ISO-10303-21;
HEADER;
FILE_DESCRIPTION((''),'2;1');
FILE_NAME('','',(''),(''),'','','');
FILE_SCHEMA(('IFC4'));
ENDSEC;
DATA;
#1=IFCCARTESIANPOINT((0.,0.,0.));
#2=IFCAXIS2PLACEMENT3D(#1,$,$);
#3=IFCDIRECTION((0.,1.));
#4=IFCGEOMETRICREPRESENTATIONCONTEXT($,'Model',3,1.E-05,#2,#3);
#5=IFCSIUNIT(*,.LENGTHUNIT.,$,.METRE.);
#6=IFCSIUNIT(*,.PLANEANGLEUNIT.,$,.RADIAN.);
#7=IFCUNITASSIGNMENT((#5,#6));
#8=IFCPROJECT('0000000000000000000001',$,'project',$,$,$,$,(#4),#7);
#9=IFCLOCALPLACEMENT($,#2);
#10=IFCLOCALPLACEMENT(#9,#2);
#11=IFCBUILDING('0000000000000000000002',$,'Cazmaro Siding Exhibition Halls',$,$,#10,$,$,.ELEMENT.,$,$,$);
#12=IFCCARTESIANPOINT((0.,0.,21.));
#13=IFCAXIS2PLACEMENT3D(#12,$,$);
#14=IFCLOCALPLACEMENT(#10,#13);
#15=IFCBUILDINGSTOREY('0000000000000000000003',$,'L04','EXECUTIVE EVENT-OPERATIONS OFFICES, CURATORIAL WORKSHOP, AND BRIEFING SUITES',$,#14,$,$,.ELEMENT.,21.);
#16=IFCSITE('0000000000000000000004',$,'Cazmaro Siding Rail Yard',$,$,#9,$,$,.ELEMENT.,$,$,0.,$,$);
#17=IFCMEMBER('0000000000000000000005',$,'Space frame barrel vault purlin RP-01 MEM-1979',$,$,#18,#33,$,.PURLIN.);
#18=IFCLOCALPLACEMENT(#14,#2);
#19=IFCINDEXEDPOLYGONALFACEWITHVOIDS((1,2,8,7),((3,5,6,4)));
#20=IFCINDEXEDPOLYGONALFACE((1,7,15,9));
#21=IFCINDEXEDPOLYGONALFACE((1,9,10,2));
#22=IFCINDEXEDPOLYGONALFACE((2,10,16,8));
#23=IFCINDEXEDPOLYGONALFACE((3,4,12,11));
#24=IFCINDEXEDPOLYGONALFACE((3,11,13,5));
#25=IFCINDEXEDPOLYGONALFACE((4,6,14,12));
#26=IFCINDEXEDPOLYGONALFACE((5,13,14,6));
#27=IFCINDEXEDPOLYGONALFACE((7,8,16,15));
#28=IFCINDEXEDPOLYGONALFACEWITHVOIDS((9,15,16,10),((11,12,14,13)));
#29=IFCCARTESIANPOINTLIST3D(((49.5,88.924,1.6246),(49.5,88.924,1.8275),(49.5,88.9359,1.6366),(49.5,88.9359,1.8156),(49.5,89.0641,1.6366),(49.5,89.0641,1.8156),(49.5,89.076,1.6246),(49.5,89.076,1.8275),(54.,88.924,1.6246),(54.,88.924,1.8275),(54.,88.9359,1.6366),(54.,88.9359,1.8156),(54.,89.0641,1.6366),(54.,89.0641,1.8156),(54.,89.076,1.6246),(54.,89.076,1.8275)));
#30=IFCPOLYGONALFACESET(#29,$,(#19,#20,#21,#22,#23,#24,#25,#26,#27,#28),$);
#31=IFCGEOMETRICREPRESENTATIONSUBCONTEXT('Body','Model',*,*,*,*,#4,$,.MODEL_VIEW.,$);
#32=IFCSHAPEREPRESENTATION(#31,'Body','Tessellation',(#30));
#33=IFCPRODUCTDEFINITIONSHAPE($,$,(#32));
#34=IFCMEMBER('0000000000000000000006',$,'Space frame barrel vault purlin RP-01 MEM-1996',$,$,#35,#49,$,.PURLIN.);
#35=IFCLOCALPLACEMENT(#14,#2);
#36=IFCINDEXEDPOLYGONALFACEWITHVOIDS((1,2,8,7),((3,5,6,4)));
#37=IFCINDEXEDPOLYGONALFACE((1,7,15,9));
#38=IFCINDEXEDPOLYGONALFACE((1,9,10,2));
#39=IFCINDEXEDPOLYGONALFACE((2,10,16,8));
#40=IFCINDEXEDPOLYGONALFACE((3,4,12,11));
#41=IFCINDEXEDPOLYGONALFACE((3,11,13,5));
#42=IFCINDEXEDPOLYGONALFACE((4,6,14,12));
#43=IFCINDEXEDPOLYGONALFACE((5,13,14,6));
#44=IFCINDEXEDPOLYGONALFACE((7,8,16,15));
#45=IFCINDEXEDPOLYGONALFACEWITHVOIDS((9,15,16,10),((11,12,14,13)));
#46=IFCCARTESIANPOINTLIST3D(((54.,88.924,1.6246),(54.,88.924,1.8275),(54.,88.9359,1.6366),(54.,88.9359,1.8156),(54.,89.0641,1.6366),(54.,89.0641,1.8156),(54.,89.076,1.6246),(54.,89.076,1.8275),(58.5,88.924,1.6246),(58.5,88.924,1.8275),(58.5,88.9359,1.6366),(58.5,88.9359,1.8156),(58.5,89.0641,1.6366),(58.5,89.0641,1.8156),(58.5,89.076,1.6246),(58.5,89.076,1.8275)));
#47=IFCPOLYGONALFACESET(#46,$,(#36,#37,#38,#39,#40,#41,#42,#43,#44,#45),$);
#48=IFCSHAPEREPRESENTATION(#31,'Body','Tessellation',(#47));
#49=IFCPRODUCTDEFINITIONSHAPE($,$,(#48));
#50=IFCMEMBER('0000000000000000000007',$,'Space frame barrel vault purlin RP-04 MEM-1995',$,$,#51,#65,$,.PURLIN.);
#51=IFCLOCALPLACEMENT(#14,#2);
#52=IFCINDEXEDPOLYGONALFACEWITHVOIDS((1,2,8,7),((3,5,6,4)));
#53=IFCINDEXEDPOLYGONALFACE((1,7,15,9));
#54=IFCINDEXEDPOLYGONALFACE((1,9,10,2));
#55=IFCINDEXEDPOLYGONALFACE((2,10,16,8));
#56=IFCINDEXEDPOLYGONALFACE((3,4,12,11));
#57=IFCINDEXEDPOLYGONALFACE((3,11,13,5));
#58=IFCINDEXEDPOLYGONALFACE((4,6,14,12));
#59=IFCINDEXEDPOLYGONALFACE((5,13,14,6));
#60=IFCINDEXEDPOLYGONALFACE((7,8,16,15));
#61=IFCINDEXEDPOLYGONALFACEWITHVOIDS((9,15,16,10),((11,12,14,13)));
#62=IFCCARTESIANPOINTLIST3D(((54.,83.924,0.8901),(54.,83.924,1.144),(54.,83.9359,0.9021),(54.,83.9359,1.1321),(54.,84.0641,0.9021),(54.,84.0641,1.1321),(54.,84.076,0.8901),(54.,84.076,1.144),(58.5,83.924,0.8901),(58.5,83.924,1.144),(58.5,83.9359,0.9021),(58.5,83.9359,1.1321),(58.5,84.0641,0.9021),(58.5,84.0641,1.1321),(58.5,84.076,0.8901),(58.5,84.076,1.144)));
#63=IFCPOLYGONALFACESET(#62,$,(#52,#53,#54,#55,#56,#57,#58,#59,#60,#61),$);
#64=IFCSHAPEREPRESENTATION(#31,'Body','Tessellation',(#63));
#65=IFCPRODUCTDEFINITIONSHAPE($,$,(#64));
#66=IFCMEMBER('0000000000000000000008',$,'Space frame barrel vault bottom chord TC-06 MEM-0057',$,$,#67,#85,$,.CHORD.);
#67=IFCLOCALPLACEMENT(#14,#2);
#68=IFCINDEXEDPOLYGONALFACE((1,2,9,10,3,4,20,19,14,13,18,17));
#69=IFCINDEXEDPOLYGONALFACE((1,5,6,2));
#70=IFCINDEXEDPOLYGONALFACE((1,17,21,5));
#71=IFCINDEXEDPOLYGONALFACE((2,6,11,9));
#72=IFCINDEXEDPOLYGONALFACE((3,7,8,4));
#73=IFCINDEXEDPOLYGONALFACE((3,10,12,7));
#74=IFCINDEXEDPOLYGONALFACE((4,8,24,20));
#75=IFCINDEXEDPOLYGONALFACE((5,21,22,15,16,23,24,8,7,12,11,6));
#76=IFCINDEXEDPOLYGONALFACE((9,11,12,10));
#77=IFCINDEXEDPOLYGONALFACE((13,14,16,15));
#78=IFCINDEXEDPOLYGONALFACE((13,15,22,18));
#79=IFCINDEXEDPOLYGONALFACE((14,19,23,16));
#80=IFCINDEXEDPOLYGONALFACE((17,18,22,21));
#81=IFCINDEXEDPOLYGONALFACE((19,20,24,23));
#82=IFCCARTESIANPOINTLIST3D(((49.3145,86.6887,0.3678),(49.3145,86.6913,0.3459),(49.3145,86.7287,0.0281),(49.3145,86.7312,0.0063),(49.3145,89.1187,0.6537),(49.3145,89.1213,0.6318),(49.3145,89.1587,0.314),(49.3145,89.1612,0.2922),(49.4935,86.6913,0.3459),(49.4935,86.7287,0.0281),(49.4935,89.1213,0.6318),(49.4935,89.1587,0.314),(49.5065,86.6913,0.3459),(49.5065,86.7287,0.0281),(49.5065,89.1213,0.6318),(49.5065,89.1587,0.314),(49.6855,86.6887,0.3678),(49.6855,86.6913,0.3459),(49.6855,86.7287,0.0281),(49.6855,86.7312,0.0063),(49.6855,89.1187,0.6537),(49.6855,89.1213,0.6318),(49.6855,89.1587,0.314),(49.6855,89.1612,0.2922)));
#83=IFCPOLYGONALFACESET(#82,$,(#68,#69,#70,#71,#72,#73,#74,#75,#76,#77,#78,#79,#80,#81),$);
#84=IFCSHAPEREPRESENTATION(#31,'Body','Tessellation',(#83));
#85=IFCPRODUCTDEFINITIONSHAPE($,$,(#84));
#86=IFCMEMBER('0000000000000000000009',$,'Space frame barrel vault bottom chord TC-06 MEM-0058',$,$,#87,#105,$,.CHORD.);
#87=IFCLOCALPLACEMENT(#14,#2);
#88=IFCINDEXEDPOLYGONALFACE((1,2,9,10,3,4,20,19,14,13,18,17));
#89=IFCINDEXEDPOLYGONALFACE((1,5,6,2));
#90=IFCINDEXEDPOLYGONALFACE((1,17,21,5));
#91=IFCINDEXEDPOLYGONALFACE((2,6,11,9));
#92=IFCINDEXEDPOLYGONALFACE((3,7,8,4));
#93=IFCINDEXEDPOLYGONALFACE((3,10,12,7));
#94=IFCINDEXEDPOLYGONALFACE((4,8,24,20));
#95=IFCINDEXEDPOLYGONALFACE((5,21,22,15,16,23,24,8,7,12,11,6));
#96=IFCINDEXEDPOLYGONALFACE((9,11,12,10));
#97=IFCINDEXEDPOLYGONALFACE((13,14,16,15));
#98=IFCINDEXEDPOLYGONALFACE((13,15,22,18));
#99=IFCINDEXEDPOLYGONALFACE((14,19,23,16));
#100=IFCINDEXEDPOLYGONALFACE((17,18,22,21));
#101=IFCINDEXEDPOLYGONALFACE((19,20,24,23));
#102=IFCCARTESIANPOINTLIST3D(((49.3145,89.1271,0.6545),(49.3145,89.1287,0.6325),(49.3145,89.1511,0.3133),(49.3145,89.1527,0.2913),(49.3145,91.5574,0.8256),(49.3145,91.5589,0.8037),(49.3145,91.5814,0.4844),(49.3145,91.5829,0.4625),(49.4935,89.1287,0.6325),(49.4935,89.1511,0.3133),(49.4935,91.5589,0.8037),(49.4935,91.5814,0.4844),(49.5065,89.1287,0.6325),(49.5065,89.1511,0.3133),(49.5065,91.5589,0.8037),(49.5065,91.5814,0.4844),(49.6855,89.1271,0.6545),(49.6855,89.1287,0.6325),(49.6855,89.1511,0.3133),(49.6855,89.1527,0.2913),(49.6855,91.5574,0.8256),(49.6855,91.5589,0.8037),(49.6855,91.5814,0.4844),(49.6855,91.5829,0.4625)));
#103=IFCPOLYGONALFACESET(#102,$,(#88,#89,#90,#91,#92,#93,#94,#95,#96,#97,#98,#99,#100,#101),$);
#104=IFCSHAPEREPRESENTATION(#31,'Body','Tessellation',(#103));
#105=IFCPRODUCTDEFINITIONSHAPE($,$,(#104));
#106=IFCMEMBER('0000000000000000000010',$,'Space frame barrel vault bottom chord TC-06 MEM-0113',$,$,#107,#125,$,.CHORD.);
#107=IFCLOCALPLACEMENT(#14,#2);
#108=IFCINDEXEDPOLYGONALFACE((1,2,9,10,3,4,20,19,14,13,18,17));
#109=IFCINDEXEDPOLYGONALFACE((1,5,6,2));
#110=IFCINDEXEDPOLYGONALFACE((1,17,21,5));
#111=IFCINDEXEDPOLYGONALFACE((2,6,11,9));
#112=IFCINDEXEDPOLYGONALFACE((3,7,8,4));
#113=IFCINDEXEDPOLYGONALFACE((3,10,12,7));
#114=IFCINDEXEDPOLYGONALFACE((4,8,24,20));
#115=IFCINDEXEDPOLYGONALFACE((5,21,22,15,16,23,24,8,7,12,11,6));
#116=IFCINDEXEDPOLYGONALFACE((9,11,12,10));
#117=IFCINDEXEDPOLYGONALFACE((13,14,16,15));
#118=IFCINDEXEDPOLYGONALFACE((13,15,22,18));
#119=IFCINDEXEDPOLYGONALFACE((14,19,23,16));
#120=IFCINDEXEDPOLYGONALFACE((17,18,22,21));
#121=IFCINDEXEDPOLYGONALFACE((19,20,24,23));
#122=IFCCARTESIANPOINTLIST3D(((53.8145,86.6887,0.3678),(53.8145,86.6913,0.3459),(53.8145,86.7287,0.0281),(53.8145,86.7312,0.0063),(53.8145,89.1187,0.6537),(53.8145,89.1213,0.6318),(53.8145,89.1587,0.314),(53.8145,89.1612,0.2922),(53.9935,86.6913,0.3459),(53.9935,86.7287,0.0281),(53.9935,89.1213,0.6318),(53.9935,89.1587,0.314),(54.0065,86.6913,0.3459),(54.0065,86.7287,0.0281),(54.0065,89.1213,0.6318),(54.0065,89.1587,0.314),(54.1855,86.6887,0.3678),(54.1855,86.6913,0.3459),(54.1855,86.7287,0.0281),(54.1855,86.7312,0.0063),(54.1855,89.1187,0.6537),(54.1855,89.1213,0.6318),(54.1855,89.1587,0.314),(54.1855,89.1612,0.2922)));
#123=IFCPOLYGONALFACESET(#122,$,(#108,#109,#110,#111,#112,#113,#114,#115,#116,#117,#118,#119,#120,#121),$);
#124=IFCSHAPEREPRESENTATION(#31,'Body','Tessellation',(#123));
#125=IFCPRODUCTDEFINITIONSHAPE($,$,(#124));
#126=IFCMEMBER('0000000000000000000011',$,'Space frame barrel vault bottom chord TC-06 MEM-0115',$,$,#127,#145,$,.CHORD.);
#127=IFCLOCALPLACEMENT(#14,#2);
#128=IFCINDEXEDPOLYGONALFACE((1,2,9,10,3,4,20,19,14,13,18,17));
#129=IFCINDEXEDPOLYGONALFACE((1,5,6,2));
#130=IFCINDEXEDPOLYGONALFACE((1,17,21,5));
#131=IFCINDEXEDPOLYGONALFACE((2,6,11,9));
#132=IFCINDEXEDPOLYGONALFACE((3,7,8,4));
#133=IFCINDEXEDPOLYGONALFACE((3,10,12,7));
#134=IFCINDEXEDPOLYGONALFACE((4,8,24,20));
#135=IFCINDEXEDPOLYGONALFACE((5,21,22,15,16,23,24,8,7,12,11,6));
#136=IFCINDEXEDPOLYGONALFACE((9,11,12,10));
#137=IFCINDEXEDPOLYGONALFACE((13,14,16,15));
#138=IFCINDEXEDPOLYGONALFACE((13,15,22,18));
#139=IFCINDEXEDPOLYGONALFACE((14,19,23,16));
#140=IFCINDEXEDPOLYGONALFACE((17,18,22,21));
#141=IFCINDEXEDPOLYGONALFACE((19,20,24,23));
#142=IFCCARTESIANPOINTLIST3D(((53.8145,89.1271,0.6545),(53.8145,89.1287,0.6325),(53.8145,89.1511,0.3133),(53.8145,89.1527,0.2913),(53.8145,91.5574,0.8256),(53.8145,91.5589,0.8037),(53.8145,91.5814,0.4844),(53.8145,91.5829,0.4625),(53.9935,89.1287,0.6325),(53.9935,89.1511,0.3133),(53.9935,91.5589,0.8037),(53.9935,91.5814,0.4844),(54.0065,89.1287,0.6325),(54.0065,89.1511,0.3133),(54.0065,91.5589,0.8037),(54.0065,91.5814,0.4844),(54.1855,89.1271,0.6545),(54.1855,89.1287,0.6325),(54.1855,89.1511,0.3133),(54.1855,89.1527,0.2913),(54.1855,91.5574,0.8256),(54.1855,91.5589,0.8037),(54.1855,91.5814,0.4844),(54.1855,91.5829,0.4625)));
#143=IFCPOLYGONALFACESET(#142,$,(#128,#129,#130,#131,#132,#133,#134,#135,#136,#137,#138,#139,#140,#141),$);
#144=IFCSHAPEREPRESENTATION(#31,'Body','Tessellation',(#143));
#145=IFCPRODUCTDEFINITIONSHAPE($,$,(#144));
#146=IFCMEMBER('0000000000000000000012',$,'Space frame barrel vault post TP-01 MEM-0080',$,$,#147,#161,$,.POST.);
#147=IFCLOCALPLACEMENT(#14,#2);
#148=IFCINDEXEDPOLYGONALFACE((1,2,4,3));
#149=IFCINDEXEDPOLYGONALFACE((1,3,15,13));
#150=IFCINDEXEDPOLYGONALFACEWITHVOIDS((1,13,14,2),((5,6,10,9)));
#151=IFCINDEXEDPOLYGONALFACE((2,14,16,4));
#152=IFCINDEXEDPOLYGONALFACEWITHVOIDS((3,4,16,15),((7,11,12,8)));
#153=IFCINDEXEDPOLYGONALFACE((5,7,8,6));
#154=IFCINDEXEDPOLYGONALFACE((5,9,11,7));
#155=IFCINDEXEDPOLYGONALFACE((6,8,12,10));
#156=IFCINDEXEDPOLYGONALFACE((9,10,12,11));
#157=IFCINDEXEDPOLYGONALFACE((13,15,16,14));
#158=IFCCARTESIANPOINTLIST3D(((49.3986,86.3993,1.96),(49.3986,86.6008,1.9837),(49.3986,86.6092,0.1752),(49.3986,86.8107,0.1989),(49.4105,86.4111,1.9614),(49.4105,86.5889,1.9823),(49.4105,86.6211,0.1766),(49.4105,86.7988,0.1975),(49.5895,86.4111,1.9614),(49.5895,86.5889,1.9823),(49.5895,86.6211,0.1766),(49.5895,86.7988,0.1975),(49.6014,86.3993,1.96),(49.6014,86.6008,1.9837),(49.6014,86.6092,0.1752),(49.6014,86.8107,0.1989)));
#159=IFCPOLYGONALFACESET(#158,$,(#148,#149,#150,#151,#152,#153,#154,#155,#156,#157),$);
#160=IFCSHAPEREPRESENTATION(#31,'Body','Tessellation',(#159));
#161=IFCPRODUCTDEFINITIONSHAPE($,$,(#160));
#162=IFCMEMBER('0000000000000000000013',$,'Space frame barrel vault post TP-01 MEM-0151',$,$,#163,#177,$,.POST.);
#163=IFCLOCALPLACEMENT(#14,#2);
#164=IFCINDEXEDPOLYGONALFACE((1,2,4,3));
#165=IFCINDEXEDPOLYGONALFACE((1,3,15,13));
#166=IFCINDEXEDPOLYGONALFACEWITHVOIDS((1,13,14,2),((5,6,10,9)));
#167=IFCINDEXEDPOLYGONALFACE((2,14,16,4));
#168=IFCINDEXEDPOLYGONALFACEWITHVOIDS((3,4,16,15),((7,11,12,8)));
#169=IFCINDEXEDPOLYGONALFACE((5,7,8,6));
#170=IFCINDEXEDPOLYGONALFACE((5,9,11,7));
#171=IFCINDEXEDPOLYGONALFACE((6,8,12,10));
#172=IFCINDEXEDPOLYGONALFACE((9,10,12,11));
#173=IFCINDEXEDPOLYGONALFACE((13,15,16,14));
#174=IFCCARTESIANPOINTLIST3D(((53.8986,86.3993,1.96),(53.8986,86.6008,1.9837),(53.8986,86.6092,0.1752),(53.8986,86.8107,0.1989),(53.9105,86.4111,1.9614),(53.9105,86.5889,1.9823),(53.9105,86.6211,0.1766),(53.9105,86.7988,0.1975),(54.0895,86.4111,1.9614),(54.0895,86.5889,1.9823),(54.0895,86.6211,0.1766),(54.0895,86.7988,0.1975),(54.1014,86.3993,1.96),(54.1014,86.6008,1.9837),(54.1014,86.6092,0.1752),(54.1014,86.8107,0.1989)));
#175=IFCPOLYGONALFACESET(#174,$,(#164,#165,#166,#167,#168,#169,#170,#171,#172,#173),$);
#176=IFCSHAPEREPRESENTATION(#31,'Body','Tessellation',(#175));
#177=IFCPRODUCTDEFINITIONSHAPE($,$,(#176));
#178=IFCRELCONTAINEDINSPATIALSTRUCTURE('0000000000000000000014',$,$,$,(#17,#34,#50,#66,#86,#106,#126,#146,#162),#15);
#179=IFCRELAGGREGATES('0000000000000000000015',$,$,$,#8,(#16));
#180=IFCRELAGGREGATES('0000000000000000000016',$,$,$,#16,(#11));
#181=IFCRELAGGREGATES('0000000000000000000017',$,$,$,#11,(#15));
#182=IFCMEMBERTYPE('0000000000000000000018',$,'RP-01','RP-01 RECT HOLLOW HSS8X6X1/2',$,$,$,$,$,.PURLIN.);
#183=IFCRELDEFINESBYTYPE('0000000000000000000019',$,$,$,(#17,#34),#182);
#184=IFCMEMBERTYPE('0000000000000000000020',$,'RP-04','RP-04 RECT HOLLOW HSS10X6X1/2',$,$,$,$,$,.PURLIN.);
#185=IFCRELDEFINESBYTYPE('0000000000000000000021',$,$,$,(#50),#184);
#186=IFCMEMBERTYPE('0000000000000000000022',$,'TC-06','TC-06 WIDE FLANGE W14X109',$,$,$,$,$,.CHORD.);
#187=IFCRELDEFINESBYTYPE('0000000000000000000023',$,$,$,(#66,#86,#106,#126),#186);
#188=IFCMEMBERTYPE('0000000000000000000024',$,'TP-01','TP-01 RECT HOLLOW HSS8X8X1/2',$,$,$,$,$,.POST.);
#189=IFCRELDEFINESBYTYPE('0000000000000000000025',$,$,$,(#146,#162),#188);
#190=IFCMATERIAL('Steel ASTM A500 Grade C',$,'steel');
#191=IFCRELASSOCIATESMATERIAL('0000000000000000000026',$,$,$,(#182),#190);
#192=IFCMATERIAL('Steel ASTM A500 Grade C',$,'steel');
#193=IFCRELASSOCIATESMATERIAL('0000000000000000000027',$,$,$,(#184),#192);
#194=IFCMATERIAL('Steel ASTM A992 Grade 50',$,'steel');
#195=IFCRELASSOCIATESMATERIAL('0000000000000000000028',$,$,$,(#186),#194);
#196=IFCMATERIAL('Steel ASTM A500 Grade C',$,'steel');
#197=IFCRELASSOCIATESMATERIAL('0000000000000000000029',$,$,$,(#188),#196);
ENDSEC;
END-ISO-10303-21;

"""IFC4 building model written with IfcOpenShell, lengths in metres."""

from ifc_helpers import new_model, si_unit, direction, frame, origin, origin_2d, place, context, subcontext, project, spatial, hollow_rectangle, i_section, extrude, material, material_profile, profile_set, type_object, element, save


model = new_model("IFC4")

# Units and contexts
model_context = context("Model", 3, precision=1e-05, world=origin(), true_north=direction((0.0, 1.0)))
body_context = subcontext(model_context, "Body", "Model", "MODEL_VIEW")
ifc_project = project(units=[si_unit("LENGTHUNIT", "METRE"), si_unit("PLANEANGLEUNIT", "RADIAN")], contexts=[model_context])

# Site, building, storey
site_placement = place(None, origin())
site = spatial("IfcSite", under=ifc_project, at=site_placement, Name="Cazmaro Siding Rail Yard", CompositionType="ELEMENT", RefElevation=0.0)
building_placement = place(site_placement, origin())
building = spatial("IfcBuilding", under=site, at=building_placement, Name="Cazmaro Siding Exhibition Halls", CompositionType="ELEMENT")
storey_placement = place(building_placement, frame((0.0, 0.0, 21.0)))
storey = spatial("IfcBuildingStorey", under=building, at=storey_placement, Name="L04", Description="EXECUTIVE EVENT-OPERATIONS OFFICES, CURATORIAL WORKSHOP, AND BRIEFING SUITES", CompositionType="ELEMENT", Elevation=21.0)

# Members
ifc_material_1 = material(Name="Steel ASTM A500 Grade C", Category="steel")
ifc_material_profile_1 = material_profile(ifc_material_1, hollow_rectangle(XDim=0.1521, YDim=0.2029, WallThickness=0.012, at=origin_2d()), Name="HSS8X6X1/2")
ifc_profile_set_1 = profile_set([ifc_material_profile_1], Name="Steel ASTM A500 Grade C")
member_type_1 = type_object("IfcMemberType", Name="RP-01", Description="RP-01 RECT HOLLOW HSS8X6X1/2", PredefinedType="PURLIN", material=ifc_profile_set_1)
for number, where, z_axis, x_axis, name in (
    (1, (49.5, 89.0, 1.7261), (1.0, 0.0, 0.0), (0.0, 1.0, 0.0), "Space frame barrel vault purlin RP-01 MEM-1979"),
    (2, (54.0, 89.0, 1.7261), (1.0, 0.0, 0.0), (0.0, 1.0, 0.0), "Space frame barrel vault purlin RP-01 MEM-1996"),
):
    element("IfcMember", number, at=place(storey_placement, frame(where, z_axis=z_axis, x_axis=x_axis)), inside=storey, type_object=member_type_1, Name=name, PredefinedType="PURLIN", context=body_context, shape_type="SweptSolid", body=[
        extrude(hollow_rectangle(XDim=0.1521, YDim=0.2029, WallThickness=0.012, at=origin_2d()), origin(), (0.0, 0.0, 1.0), 4.5),
    ])
ifc_material_2 = material(Name="Steel ASTM A500 Grade C", Category="steel")
ifc_material_profile_2 = material_profile(ifc_material_2, hollow_rectangle(XDim=0.1521, YDim=0.2539, WallThickness=0.012, at=origin_2d()), Name="HSS10X6X1/2")
ifc_profile_set_2 = profile_set([ifc_material_profile_2], Name="Steel ASTM A500 Grade C")
member_type_2 = type_object("IfcMemberType", Name="RP-04", Description="RP-04 RECT HOLLOW HSS10X6X1/2", PredefinedType="PURLIN", material=ifc_profile_set_2)
member_1_placement = place(storey_placement, frame((54.0, 84.0, 1.0171), z_axis=(1.0, 0.0, 0.0), x_axis=(0.0, 1.0, 0.0)))
element("IfcMember", 3, at=member_1_placement, inside=storey, type_object=member_type_2, Name="Space frame barrel vault purlin RP-04 MEM-1995", PredefinedType="PURLIN", context=body_context, shape_type="SweptSolid", body=[
    extrude(hollow_rectangle(XDim=0.1521, YDim=0.2539, WallThickness=0.012, at=origin_2d()), origin(), (0.0, 0.0, 1.0), 4.5),
])
ifc_material_3 = material(Name="Steel ASTM A992 Grade 50", Category="steel")
ifc_material_profile_3 = material_profile(ifc_material_3, i_section(OverallWidth=0.3711, OverallDepth=0.364, WebThickness=0.0129, FlangeThickness=0.022, at=origin_2d()), Name="W14X109")
ifc_profile_set_3 = profile_set([ifc_material_profile_3], Name="Steel ASTM A992 Grade 50")
member_type_3 = type_object("IfcMemberType", Name="TC-06", Description="TC-06 WIDE FLANGE W14X109", PredefinedType="CHORD", material=ifc_profile_set_3)
member_2_placement = place(storey_placement, frame((49.5, 86.71, 0.187), z_axis=(0.0, 0.99315, 0.116847), x_axis=(-1.0, 0.0, 0.0)))
element("IfcMember", 4, at=member_2_placement, inside=storey, type_object=member_type_3, Name="Space frame barrel vault bottom chord TC-06 MEM-0057", PredefinedType="CHORD", context=body_context, shape_type="SweptSolid", body=[
    extrude(i_section(OverallWidth=0.3711, OverallDepth=0.364, WebThickness=0.0129, FlangeThickness=0.022, at=origin_2d()), origin(), (0.0, 0.0, 1.0), 2.4468),
])
member_3_placement = place(storey_placement, frame((49.5, 89.1399, 0.4729), z_axis=(0.0, 0.997529, 0.07025), x_axis=(-1.0, 0.0, 0.0)))
element("IfcMember", 5, at=member_3_placement, inside=storey, type_object=member_type_3, Name="Space frame barrel vault bottom chord TC-06 MEM-0058", PredefinedType="CHORD", context=body_context, shape_type="SweptSolid", body=[
    extrude(i_section(OverallWidth=0.3711, OverallDepth=0.364, WebThickness=0.0129, FlangeThickness=0.022, at=origin_2d()), origin(), (0.0, 0.0, 1.0), 2.4363),
])
member_4_placement = place(storey_placement, frame((54.0, 86.71, 0.187), z_axis=(0.0, 0.99315, 0.116847), x_axis=(-1.0, 0.0, 0.0)))
element("IfcMember", 6, at=member_4_placement, inside=storey, type_object=member_type_3, Name="Space frame barrel vault bottom chord TC-06 MEM-0113", PredefinedType="CHORD", context=body_context, shape_type="SweptSolid", body=[
    extrude(i_section(OverallWidth=0.3711, OverallDepth=0.364, WebThickness=0.0129, FlangeThickness=0.022, at=origin_2d()), origin(), (0.0, 0.0, 1.0), 2.4468),
])
member_5_placement = place(storey_placement, frame((54.0, 89.1399, 0.4729), z_axis=(0.0, 0.997529, 0.07025), x_axis=(-1.0, 0.0, 0.0)))
element("IfcMember", 7, at=member_5_placement, inside=storey, type_object=member_type_3, Name="Space frame barrel vault bottom chord TC-06 MEM-0115", PredefinedType="CHORD", context=body_context, shape_type="SweptSolid", body=[
    extrude(i_section(OverallWidth=0.3711, OverallDepth=0.364, WebThickness=0.0129, FlangeThickness=0.022, at=origin_2d()), origin(), (0.0, 0.0, 1.0), 2.4363),
])
ifc_material_4 = material(Name="Steel ASTM A500 Grade C", Category="steel")
ifc_material_profile_4 = material_profile(ifc_material_4, hollow_rectangle(XDim=0.2029, YDim=0.2029, WallThickness=0.012, at=origin_2d()), Name="HSS8X8X1/2")
ifc_profile_set_4 = profile_set([ifc_material_profile_4], Name="Steel ASTM A500 Grade C")
member_type_4 = type_object("IfcMemberType", Name="TP-01", Description="TP-01 RECT HOLLOW HSS8X8X1/2", PredefinedType="POST", material=ifc_profile_set_4)
for number, where, z_axis, x_axis, name in (
    (8, (49.5, 86.71, 0.187), (0.0, -0.116825, 0.993152), (1.0, 0.0, 0.0), "Space frame barrel vault post TP-01 MEM-0080"),
    (9, (54.0, 86.71, 0.187), (0.0, -0.116825, 0.993152), (1.0, 0.0, 0.0), "Space frame barrel vault post TP-01 MEM-0151"),
):
    element("IfcMember", number, at=place(storey_placement, frame(where, z_axis=z_axis, x_axis=x_axis)), inside=storey, type_object=member_type_4, Name=name, PredefinedType="POST", context=body_context, shape_type="SweptSolid", body=[
        extrude(hollow_rectangle(XDim=0.2029, YDim=0.2029, WallThickness=0.012, at=origin_2d()), origin(), (0.0, 0.0, 1.0), 1.7971),
    ])

save(model, "model.ifc")
